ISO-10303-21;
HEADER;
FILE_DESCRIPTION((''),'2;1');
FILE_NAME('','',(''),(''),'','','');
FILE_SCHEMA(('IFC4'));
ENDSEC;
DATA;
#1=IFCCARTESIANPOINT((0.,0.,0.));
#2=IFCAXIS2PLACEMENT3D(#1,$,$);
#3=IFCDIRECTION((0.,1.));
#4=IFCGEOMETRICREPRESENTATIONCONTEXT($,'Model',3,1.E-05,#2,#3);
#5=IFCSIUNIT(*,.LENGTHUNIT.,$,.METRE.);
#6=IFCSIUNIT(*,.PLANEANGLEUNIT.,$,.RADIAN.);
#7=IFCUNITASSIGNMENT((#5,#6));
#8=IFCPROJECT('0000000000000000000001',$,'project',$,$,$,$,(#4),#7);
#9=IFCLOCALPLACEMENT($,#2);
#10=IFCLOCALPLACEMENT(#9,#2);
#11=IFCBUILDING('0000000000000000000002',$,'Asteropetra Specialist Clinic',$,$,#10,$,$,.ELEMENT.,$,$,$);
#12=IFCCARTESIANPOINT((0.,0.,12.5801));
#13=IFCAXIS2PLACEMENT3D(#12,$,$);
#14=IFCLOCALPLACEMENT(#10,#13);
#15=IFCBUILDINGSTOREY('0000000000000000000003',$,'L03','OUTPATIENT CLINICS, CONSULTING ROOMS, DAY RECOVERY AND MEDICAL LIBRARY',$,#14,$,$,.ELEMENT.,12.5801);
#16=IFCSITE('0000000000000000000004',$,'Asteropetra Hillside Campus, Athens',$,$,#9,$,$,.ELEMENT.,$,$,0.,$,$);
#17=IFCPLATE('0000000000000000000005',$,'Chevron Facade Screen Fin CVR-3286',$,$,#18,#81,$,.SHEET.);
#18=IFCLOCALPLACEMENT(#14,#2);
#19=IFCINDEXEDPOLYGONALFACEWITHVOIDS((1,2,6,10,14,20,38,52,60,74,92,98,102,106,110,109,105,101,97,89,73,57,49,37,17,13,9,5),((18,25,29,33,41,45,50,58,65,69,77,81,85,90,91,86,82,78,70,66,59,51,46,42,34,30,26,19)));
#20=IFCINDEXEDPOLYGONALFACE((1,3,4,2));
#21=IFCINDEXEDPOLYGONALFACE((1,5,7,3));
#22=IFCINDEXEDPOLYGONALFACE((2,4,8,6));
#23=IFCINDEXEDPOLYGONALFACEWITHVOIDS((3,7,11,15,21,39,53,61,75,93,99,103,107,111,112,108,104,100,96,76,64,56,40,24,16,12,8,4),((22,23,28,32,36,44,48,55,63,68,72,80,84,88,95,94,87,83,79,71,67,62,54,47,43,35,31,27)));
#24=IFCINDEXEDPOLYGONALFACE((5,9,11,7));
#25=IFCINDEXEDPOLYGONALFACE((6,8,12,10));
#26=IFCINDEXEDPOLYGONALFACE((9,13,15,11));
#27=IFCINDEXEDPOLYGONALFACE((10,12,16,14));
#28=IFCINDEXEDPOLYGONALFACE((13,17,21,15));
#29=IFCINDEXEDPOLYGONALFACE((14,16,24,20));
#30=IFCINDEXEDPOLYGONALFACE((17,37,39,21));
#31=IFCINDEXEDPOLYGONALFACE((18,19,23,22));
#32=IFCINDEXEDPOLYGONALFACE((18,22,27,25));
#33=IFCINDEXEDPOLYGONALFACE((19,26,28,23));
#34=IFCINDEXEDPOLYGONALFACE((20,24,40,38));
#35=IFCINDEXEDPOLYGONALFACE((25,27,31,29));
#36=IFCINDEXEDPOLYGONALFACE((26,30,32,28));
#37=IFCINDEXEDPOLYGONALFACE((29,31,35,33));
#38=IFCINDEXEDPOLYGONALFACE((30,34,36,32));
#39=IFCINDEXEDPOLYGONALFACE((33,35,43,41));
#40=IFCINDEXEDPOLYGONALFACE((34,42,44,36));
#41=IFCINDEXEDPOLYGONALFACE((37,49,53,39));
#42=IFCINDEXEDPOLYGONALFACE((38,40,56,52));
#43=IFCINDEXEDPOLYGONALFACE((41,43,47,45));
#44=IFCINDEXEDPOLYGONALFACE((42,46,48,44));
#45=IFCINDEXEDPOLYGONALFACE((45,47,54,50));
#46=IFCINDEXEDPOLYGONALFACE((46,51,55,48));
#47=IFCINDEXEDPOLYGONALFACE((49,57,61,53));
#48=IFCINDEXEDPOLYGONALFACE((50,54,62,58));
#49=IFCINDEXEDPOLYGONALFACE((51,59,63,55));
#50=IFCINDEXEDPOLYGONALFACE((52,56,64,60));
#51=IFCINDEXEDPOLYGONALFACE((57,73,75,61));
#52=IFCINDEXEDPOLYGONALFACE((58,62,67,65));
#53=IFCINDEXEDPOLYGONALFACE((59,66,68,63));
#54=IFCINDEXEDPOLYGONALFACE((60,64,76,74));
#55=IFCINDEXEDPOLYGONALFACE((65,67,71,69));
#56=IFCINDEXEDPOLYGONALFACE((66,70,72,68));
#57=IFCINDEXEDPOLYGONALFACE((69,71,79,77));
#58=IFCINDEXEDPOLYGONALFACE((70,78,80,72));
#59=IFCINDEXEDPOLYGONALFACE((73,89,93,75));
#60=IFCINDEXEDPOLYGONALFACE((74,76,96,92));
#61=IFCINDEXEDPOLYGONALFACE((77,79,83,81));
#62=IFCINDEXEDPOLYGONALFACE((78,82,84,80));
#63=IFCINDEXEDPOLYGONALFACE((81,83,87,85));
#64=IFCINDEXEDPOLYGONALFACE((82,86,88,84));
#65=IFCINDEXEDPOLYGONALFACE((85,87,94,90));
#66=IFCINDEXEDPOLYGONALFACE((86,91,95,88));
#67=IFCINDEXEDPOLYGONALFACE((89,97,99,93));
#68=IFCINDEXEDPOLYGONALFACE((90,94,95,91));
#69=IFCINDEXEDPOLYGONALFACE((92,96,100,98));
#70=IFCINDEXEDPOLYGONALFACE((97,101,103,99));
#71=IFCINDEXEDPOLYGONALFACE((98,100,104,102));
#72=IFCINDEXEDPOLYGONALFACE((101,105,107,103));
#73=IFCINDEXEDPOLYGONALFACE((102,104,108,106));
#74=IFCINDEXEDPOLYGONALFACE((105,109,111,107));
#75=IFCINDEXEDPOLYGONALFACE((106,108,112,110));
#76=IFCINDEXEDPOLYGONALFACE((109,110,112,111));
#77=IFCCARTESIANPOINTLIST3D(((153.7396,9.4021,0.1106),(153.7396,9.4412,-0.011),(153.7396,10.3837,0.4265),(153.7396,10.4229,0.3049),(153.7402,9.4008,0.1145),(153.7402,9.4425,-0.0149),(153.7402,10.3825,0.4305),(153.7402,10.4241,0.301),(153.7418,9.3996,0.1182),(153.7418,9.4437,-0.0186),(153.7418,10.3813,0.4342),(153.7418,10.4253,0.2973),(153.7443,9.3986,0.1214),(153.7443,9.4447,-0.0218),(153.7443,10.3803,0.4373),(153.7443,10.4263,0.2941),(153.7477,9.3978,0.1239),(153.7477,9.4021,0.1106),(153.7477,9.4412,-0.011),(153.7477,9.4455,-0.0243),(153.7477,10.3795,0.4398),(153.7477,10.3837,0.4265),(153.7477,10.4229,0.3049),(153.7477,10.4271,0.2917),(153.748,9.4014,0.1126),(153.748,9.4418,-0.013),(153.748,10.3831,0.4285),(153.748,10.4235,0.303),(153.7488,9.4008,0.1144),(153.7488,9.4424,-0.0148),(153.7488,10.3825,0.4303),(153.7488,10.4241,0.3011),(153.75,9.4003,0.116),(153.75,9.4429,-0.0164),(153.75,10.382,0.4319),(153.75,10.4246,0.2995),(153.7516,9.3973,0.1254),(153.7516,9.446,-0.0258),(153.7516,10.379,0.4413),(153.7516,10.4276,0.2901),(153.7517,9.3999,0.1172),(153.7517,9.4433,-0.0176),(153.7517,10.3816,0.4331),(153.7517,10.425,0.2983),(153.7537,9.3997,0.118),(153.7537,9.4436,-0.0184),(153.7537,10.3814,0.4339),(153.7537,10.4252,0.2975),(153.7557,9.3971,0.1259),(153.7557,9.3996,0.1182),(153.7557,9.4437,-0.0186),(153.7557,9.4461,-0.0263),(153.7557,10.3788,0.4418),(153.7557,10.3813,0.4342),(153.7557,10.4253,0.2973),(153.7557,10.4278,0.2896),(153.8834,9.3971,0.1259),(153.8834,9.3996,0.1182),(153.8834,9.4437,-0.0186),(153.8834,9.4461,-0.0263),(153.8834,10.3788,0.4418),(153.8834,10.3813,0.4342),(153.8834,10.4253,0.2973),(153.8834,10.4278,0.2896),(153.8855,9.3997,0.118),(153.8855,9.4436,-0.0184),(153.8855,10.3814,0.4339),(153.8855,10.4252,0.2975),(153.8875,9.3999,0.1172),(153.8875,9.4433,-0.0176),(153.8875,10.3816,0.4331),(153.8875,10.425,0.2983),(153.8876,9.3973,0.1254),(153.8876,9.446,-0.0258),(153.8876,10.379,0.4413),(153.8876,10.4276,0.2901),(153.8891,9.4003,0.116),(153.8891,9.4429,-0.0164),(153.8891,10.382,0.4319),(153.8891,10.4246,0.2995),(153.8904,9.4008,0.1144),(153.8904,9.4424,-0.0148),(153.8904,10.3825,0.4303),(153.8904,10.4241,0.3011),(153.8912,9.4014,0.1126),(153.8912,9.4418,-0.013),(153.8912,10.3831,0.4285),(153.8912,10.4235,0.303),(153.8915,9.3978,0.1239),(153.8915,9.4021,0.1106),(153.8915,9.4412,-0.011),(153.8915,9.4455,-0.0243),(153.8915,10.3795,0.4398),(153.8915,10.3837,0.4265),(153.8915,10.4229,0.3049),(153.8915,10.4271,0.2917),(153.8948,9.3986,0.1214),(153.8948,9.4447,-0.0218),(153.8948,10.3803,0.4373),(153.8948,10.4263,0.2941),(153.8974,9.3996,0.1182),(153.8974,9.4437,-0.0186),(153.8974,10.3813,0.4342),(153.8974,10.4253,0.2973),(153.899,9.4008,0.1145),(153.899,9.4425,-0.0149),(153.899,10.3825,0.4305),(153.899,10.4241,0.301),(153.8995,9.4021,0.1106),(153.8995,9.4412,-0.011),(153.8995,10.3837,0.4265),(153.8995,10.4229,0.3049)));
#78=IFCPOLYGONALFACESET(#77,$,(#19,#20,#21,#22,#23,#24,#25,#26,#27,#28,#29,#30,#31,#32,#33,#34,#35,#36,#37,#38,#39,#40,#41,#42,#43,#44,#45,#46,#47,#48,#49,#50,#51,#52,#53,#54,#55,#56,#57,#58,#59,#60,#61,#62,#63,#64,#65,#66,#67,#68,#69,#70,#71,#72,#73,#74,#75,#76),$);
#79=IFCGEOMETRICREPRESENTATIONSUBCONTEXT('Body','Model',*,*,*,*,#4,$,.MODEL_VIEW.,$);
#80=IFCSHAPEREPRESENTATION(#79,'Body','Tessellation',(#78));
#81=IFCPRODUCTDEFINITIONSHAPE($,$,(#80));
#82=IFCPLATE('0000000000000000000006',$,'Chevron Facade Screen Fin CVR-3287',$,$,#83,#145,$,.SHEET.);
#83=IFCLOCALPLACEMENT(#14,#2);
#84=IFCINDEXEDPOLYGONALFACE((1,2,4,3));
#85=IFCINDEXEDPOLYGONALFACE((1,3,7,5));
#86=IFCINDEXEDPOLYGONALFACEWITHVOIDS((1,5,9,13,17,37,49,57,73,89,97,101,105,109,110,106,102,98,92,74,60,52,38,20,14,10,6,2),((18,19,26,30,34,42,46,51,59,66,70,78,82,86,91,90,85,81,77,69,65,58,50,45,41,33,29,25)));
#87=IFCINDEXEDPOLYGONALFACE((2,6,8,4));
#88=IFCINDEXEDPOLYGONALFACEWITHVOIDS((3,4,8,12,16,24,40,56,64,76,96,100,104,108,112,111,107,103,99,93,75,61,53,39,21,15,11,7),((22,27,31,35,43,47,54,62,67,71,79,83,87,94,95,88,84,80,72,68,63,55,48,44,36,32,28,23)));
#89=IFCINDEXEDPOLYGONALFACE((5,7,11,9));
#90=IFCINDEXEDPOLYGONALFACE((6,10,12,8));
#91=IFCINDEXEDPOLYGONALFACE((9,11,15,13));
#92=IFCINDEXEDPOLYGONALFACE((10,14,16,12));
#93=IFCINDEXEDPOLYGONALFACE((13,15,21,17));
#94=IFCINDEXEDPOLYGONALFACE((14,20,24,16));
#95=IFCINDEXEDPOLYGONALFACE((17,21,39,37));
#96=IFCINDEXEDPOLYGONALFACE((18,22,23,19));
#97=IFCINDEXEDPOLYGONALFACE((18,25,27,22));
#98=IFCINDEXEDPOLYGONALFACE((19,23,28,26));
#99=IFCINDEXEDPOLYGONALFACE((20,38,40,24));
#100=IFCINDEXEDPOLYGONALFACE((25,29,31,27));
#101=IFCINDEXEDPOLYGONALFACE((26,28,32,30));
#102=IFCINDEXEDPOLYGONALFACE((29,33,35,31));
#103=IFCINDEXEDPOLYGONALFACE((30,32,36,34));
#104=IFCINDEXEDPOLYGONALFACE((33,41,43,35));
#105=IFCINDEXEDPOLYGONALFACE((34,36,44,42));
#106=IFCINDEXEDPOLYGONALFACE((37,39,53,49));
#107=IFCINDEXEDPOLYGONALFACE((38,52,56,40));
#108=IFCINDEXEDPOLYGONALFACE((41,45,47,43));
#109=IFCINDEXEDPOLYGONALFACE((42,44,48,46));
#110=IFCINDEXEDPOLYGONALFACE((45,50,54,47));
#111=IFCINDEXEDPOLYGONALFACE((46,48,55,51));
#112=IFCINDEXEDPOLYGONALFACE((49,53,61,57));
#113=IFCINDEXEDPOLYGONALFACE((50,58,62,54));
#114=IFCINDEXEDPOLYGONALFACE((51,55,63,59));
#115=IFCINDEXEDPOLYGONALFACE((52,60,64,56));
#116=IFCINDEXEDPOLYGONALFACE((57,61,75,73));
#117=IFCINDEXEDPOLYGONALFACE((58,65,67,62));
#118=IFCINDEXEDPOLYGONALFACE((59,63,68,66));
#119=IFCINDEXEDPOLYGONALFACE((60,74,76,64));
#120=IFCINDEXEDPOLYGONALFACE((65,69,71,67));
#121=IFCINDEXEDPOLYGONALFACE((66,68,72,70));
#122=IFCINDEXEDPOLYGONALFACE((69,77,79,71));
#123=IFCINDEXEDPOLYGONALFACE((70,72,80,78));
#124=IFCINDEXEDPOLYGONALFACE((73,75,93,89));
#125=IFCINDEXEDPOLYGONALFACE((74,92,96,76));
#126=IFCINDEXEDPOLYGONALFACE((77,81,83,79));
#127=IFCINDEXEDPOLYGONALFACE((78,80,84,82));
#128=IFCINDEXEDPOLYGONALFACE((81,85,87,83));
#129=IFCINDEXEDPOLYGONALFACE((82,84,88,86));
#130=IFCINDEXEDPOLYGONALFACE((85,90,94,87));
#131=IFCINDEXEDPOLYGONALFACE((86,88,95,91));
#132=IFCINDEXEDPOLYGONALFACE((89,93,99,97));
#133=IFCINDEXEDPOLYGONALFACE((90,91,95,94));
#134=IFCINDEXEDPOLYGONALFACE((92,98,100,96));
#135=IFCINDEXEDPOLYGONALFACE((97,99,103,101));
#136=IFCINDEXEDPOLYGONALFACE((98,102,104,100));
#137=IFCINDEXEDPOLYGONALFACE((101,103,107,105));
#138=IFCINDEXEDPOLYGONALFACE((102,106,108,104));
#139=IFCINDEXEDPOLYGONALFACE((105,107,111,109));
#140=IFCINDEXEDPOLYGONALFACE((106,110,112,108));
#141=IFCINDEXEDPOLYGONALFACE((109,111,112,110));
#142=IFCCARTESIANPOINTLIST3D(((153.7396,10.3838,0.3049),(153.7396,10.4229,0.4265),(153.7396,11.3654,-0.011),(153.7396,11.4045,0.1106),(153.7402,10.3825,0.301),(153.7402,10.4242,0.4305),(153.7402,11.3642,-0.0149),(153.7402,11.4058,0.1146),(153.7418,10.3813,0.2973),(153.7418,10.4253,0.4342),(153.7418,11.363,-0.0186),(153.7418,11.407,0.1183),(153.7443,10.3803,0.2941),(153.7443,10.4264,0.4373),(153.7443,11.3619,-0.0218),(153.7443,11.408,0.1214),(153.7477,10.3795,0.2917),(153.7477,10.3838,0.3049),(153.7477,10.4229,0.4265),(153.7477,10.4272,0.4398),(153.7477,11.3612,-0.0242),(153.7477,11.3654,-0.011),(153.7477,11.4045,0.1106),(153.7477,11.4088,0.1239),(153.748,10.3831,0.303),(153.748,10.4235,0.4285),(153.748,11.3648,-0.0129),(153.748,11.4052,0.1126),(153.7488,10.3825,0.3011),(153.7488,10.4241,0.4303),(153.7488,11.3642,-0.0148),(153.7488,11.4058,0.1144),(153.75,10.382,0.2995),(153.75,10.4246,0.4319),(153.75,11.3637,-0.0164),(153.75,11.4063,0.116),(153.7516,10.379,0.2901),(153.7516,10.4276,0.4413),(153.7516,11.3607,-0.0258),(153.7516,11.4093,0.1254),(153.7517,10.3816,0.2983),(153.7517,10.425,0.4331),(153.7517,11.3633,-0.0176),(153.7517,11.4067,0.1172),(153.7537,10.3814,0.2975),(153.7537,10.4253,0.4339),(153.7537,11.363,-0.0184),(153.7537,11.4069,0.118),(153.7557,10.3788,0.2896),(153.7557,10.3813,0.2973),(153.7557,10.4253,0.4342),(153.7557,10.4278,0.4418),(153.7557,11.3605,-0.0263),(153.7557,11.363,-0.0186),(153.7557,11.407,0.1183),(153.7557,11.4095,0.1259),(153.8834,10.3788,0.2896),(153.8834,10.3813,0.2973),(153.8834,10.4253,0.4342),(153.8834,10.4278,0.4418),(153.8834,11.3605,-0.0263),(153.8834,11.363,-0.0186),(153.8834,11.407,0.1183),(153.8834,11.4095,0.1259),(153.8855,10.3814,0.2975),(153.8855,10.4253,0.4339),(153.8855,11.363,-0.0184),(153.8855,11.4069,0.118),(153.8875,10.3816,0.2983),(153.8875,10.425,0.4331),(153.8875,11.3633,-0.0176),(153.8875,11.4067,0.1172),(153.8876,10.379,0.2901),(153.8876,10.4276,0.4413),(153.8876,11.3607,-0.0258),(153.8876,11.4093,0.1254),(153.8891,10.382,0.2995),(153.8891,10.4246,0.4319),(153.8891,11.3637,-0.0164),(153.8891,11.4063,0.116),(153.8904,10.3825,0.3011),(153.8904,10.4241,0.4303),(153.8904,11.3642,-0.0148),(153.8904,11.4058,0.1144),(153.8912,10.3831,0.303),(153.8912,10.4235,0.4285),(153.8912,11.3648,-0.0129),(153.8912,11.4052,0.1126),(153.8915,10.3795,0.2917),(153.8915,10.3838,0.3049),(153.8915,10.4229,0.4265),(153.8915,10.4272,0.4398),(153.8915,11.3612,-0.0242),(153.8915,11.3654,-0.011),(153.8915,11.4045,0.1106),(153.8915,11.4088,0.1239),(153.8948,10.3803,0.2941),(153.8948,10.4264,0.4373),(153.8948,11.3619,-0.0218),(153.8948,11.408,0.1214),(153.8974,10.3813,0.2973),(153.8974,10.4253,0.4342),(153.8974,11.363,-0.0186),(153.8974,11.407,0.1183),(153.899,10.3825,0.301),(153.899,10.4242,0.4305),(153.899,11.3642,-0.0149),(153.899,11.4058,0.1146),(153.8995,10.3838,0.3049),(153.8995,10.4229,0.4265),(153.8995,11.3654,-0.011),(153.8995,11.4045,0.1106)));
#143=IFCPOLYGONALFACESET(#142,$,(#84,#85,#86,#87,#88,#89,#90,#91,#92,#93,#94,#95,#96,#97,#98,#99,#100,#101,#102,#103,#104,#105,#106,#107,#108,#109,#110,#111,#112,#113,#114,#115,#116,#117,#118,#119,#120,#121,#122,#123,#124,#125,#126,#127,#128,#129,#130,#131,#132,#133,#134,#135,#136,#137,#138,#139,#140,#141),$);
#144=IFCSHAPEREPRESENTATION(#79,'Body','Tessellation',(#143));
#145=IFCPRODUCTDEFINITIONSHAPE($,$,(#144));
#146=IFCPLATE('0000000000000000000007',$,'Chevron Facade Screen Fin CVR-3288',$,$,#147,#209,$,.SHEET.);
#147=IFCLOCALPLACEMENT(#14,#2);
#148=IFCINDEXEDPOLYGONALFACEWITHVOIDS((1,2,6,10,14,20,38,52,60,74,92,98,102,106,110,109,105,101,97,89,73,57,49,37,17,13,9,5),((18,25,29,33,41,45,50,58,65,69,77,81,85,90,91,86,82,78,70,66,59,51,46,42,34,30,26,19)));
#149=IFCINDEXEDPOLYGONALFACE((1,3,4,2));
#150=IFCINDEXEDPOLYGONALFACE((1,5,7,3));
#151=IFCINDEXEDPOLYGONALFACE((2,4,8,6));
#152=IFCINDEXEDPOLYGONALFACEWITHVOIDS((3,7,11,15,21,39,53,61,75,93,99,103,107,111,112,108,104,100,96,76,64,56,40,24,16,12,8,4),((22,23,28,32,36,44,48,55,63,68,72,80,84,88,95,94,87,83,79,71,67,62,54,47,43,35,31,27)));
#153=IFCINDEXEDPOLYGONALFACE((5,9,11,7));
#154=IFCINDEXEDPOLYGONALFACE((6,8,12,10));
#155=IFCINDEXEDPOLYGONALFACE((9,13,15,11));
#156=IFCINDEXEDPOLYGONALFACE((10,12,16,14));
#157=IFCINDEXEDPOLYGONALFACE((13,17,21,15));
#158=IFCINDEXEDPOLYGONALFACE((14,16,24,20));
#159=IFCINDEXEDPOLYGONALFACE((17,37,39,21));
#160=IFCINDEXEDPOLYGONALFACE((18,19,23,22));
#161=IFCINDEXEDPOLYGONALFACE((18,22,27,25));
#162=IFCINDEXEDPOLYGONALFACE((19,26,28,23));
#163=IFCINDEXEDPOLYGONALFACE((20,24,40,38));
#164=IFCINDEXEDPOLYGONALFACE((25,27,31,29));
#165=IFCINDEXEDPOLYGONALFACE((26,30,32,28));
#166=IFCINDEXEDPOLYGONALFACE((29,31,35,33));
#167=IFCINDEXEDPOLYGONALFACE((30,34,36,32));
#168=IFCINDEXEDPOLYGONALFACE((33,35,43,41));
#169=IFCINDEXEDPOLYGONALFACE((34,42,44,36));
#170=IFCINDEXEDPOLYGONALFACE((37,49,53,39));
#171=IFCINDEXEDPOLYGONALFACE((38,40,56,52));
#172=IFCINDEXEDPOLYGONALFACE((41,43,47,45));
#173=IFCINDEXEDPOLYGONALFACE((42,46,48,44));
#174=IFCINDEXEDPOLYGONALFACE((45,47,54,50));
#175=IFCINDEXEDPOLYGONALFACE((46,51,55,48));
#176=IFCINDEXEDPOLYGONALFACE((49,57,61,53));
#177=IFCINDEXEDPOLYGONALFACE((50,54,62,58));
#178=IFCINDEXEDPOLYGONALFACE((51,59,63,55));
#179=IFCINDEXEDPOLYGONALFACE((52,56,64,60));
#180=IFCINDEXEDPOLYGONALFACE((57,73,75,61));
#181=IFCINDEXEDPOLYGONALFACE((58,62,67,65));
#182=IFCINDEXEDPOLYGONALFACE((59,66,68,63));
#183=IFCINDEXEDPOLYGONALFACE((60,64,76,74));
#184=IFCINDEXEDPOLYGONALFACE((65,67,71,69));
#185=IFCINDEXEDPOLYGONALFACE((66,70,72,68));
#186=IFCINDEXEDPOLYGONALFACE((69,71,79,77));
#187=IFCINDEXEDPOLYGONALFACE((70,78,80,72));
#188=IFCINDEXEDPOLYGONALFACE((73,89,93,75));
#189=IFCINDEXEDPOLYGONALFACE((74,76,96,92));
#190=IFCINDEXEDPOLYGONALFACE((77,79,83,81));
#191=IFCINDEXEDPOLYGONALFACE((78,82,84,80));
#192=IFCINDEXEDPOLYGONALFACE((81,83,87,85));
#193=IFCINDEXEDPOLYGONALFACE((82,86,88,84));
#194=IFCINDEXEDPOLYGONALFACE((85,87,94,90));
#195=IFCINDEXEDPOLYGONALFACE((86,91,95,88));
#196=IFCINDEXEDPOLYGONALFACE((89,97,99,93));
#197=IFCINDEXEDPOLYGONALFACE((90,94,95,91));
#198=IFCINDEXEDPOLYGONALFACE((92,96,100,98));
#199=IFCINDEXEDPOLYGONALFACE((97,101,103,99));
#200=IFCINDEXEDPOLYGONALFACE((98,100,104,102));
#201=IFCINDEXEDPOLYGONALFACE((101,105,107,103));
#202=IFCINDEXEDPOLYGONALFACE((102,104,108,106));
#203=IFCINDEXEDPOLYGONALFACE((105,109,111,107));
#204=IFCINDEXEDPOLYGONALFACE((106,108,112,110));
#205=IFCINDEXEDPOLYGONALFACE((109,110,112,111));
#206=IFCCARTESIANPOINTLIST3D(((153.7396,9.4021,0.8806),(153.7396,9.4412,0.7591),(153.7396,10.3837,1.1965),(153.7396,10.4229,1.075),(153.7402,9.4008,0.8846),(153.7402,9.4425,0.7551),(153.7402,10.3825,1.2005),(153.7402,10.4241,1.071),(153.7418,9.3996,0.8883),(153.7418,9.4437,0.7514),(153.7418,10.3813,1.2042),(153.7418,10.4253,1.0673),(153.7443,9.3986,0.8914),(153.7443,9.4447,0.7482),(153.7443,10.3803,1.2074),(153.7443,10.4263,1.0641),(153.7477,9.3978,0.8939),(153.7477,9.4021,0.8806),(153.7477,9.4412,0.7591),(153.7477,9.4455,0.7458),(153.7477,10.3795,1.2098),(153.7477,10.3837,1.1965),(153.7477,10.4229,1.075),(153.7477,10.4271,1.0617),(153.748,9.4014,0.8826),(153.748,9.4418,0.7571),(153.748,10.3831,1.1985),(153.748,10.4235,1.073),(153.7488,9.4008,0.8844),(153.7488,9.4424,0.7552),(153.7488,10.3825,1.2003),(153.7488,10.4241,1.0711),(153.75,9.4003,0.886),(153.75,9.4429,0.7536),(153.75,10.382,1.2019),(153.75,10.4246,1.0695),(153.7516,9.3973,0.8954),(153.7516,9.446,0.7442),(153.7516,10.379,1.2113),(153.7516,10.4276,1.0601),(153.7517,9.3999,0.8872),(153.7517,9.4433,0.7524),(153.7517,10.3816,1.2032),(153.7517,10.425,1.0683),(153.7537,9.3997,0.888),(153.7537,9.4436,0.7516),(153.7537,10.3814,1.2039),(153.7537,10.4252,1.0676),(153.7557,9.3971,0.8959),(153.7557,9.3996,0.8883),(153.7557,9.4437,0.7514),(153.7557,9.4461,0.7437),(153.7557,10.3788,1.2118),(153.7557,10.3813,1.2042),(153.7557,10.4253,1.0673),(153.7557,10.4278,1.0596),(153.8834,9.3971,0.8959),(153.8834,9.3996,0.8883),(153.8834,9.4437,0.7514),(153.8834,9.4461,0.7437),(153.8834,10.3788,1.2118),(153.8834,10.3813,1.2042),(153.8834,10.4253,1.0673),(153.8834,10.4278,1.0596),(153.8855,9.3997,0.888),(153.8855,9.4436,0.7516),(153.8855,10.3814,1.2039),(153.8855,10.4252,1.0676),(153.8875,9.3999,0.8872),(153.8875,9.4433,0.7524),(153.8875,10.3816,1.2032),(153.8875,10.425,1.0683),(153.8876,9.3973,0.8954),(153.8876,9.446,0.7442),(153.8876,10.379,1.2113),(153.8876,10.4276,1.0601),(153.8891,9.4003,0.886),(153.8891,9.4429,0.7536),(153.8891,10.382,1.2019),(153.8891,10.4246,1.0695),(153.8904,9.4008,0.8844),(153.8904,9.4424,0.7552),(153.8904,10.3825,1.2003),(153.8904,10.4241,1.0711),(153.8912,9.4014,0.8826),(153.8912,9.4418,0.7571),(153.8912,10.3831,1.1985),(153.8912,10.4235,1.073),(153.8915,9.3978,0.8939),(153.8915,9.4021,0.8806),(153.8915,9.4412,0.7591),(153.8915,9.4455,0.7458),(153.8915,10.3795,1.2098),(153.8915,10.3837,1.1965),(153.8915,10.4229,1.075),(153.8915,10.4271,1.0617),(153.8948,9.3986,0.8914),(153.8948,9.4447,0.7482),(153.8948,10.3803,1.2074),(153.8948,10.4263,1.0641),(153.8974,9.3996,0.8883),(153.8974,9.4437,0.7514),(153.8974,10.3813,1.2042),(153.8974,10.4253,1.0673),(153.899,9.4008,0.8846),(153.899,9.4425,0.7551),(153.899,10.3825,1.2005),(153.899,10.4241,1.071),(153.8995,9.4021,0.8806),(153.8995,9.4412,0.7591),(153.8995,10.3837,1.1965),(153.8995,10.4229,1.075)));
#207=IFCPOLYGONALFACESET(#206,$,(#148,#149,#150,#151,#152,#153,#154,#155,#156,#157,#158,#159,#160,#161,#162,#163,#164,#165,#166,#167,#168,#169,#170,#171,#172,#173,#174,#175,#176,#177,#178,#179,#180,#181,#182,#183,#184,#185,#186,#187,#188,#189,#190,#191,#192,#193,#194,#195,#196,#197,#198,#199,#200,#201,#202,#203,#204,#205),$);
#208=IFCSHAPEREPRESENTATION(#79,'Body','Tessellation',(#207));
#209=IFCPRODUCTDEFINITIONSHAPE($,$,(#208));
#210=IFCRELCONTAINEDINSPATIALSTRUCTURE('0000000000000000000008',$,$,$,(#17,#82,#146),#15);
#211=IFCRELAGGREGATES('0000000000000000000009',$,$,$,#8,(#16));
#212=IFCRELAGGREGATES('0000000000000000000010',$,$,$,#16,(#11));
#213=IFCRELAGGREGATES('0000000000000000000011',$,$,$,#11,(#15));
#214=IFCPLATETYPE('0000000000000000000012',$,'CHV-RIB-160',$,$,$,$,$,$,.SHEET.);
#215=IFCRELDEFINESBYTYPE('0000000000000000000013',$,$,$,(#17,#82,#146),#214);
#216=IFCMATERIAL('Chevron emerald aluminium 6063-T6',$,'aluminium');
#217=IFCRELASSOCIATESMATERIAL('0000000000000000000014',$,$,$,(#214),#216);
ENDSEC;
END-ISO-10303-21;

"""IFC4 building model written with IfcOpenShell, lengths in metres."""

from ifc_helpers import new_model, si_unit, direction, frame, origin, origin_2d, place, context, subcontext, project, spatial, hollow_rectangle, extrude, material, material_profile, profile_set, type_object, element, save


model = new_model("IFC4")

# Units and contexts
model_context = context("Model", 3, precision=1e-05, world=origin(), true_north=direction((0.0, 1.0)))
body_context = subcontext(model_context, "Body", "Model", "MODEL_VIEW")
ifc_project = project(units=[si_unit("LENGTHUNIT", "METRE"), si_unit("PLANEANGLEUNIT", "RADIAN")], contexts=[model_context])

# Site, building, storey
site_placement = place(None, origin())
site = spatial("IfcSite", under=ifc_project, at=site_placement, Name="Asteropetra Hillside Campus, Athens", CompositionType="ELEMENT", RefElevation=0.0)
building_placement = place(site_placement, origin())
building = spatial("IfcBuilding", under=site, at=building_placement, Name="Asteropetra Specialist Clinic", CompositionType="ELEMENT")
storey_placement = place(building_placement, frame((0.0, 0.0, 12.5801)))
storey = spatial("IfcBuildingStorey", under=building, at=storey_placement, Name="L03", Description="OUTPATIENT CLINICS, CONSULTING ROOMS, DAY RECOVERY AND MEDICAL LIBRARY", CompositionType="ELEMENT", Elevation=12.5801)

# Plates
ifc_material_1 = material(Name="Chevron emerald aluminium 6063-T6", Category="aluminium")
ifc_material_profile_1 = material_profile(ifc_material_1, hollow_rectangle(XDim=0.1599, YDim=0.1599, WallThickness=0.0081, InnerFilletRadius=0.0081, OuterFilletRadius=0.0161, at=origin_2d()), Name="SHS 160x160x8.0")
ifc_profile_set_1 = profile_set([ifc_material_profile_1], Name="Chevron emerald aluminium 6063-T6")
plate_type = type_object("IfcPlateType", Name="CHV-RIB-160", PredefinedType="SHEET", material=ifc_profile_set_1)
for number, where, z_axis, x_axis, name in (
    (1, (153.8196, 9.4216, 0.0498), (0.0, 0.951923, 0.306339), (-1.0, 0.0, 0.0), "Chevron Facade Screen Fin CVR-3286"),
    (2, (153.8196, 10.4033, 0.3657), (0.0, 0.951923, -0.306339), (-1.0, 0.0, 0.0), "Chevron Facade Screen Fin CVR-3287"),
    (3, (153.8196, 9.4216, 0.8198), (0.0, 0.951923, 0.306339), (-1.0, 0.0, 0.0), "Chevron Facade Screen Fin CVR-3288"),
):
    element("IfcPlate", number, at=place(storey_placement, frame(where, z_axis=z_axis, x_axis=x_axis)), inside=storey, type_object=plate_type, Name=name, PredefinedType="SHEET", context=body_context, shape_type="SweptSolid", body=[
        extrude(hollow_rectangle(XDim=0.1599, YDim=0.1599, WallThickness=0.0081, InnerFilletRadius=0.0081, OuterFilletRadius=0.0161, at=origin_2d()), origin(), (0.0, 0.0, 1.0), 1.0312),
    ])

save(model, "model.ifc")
